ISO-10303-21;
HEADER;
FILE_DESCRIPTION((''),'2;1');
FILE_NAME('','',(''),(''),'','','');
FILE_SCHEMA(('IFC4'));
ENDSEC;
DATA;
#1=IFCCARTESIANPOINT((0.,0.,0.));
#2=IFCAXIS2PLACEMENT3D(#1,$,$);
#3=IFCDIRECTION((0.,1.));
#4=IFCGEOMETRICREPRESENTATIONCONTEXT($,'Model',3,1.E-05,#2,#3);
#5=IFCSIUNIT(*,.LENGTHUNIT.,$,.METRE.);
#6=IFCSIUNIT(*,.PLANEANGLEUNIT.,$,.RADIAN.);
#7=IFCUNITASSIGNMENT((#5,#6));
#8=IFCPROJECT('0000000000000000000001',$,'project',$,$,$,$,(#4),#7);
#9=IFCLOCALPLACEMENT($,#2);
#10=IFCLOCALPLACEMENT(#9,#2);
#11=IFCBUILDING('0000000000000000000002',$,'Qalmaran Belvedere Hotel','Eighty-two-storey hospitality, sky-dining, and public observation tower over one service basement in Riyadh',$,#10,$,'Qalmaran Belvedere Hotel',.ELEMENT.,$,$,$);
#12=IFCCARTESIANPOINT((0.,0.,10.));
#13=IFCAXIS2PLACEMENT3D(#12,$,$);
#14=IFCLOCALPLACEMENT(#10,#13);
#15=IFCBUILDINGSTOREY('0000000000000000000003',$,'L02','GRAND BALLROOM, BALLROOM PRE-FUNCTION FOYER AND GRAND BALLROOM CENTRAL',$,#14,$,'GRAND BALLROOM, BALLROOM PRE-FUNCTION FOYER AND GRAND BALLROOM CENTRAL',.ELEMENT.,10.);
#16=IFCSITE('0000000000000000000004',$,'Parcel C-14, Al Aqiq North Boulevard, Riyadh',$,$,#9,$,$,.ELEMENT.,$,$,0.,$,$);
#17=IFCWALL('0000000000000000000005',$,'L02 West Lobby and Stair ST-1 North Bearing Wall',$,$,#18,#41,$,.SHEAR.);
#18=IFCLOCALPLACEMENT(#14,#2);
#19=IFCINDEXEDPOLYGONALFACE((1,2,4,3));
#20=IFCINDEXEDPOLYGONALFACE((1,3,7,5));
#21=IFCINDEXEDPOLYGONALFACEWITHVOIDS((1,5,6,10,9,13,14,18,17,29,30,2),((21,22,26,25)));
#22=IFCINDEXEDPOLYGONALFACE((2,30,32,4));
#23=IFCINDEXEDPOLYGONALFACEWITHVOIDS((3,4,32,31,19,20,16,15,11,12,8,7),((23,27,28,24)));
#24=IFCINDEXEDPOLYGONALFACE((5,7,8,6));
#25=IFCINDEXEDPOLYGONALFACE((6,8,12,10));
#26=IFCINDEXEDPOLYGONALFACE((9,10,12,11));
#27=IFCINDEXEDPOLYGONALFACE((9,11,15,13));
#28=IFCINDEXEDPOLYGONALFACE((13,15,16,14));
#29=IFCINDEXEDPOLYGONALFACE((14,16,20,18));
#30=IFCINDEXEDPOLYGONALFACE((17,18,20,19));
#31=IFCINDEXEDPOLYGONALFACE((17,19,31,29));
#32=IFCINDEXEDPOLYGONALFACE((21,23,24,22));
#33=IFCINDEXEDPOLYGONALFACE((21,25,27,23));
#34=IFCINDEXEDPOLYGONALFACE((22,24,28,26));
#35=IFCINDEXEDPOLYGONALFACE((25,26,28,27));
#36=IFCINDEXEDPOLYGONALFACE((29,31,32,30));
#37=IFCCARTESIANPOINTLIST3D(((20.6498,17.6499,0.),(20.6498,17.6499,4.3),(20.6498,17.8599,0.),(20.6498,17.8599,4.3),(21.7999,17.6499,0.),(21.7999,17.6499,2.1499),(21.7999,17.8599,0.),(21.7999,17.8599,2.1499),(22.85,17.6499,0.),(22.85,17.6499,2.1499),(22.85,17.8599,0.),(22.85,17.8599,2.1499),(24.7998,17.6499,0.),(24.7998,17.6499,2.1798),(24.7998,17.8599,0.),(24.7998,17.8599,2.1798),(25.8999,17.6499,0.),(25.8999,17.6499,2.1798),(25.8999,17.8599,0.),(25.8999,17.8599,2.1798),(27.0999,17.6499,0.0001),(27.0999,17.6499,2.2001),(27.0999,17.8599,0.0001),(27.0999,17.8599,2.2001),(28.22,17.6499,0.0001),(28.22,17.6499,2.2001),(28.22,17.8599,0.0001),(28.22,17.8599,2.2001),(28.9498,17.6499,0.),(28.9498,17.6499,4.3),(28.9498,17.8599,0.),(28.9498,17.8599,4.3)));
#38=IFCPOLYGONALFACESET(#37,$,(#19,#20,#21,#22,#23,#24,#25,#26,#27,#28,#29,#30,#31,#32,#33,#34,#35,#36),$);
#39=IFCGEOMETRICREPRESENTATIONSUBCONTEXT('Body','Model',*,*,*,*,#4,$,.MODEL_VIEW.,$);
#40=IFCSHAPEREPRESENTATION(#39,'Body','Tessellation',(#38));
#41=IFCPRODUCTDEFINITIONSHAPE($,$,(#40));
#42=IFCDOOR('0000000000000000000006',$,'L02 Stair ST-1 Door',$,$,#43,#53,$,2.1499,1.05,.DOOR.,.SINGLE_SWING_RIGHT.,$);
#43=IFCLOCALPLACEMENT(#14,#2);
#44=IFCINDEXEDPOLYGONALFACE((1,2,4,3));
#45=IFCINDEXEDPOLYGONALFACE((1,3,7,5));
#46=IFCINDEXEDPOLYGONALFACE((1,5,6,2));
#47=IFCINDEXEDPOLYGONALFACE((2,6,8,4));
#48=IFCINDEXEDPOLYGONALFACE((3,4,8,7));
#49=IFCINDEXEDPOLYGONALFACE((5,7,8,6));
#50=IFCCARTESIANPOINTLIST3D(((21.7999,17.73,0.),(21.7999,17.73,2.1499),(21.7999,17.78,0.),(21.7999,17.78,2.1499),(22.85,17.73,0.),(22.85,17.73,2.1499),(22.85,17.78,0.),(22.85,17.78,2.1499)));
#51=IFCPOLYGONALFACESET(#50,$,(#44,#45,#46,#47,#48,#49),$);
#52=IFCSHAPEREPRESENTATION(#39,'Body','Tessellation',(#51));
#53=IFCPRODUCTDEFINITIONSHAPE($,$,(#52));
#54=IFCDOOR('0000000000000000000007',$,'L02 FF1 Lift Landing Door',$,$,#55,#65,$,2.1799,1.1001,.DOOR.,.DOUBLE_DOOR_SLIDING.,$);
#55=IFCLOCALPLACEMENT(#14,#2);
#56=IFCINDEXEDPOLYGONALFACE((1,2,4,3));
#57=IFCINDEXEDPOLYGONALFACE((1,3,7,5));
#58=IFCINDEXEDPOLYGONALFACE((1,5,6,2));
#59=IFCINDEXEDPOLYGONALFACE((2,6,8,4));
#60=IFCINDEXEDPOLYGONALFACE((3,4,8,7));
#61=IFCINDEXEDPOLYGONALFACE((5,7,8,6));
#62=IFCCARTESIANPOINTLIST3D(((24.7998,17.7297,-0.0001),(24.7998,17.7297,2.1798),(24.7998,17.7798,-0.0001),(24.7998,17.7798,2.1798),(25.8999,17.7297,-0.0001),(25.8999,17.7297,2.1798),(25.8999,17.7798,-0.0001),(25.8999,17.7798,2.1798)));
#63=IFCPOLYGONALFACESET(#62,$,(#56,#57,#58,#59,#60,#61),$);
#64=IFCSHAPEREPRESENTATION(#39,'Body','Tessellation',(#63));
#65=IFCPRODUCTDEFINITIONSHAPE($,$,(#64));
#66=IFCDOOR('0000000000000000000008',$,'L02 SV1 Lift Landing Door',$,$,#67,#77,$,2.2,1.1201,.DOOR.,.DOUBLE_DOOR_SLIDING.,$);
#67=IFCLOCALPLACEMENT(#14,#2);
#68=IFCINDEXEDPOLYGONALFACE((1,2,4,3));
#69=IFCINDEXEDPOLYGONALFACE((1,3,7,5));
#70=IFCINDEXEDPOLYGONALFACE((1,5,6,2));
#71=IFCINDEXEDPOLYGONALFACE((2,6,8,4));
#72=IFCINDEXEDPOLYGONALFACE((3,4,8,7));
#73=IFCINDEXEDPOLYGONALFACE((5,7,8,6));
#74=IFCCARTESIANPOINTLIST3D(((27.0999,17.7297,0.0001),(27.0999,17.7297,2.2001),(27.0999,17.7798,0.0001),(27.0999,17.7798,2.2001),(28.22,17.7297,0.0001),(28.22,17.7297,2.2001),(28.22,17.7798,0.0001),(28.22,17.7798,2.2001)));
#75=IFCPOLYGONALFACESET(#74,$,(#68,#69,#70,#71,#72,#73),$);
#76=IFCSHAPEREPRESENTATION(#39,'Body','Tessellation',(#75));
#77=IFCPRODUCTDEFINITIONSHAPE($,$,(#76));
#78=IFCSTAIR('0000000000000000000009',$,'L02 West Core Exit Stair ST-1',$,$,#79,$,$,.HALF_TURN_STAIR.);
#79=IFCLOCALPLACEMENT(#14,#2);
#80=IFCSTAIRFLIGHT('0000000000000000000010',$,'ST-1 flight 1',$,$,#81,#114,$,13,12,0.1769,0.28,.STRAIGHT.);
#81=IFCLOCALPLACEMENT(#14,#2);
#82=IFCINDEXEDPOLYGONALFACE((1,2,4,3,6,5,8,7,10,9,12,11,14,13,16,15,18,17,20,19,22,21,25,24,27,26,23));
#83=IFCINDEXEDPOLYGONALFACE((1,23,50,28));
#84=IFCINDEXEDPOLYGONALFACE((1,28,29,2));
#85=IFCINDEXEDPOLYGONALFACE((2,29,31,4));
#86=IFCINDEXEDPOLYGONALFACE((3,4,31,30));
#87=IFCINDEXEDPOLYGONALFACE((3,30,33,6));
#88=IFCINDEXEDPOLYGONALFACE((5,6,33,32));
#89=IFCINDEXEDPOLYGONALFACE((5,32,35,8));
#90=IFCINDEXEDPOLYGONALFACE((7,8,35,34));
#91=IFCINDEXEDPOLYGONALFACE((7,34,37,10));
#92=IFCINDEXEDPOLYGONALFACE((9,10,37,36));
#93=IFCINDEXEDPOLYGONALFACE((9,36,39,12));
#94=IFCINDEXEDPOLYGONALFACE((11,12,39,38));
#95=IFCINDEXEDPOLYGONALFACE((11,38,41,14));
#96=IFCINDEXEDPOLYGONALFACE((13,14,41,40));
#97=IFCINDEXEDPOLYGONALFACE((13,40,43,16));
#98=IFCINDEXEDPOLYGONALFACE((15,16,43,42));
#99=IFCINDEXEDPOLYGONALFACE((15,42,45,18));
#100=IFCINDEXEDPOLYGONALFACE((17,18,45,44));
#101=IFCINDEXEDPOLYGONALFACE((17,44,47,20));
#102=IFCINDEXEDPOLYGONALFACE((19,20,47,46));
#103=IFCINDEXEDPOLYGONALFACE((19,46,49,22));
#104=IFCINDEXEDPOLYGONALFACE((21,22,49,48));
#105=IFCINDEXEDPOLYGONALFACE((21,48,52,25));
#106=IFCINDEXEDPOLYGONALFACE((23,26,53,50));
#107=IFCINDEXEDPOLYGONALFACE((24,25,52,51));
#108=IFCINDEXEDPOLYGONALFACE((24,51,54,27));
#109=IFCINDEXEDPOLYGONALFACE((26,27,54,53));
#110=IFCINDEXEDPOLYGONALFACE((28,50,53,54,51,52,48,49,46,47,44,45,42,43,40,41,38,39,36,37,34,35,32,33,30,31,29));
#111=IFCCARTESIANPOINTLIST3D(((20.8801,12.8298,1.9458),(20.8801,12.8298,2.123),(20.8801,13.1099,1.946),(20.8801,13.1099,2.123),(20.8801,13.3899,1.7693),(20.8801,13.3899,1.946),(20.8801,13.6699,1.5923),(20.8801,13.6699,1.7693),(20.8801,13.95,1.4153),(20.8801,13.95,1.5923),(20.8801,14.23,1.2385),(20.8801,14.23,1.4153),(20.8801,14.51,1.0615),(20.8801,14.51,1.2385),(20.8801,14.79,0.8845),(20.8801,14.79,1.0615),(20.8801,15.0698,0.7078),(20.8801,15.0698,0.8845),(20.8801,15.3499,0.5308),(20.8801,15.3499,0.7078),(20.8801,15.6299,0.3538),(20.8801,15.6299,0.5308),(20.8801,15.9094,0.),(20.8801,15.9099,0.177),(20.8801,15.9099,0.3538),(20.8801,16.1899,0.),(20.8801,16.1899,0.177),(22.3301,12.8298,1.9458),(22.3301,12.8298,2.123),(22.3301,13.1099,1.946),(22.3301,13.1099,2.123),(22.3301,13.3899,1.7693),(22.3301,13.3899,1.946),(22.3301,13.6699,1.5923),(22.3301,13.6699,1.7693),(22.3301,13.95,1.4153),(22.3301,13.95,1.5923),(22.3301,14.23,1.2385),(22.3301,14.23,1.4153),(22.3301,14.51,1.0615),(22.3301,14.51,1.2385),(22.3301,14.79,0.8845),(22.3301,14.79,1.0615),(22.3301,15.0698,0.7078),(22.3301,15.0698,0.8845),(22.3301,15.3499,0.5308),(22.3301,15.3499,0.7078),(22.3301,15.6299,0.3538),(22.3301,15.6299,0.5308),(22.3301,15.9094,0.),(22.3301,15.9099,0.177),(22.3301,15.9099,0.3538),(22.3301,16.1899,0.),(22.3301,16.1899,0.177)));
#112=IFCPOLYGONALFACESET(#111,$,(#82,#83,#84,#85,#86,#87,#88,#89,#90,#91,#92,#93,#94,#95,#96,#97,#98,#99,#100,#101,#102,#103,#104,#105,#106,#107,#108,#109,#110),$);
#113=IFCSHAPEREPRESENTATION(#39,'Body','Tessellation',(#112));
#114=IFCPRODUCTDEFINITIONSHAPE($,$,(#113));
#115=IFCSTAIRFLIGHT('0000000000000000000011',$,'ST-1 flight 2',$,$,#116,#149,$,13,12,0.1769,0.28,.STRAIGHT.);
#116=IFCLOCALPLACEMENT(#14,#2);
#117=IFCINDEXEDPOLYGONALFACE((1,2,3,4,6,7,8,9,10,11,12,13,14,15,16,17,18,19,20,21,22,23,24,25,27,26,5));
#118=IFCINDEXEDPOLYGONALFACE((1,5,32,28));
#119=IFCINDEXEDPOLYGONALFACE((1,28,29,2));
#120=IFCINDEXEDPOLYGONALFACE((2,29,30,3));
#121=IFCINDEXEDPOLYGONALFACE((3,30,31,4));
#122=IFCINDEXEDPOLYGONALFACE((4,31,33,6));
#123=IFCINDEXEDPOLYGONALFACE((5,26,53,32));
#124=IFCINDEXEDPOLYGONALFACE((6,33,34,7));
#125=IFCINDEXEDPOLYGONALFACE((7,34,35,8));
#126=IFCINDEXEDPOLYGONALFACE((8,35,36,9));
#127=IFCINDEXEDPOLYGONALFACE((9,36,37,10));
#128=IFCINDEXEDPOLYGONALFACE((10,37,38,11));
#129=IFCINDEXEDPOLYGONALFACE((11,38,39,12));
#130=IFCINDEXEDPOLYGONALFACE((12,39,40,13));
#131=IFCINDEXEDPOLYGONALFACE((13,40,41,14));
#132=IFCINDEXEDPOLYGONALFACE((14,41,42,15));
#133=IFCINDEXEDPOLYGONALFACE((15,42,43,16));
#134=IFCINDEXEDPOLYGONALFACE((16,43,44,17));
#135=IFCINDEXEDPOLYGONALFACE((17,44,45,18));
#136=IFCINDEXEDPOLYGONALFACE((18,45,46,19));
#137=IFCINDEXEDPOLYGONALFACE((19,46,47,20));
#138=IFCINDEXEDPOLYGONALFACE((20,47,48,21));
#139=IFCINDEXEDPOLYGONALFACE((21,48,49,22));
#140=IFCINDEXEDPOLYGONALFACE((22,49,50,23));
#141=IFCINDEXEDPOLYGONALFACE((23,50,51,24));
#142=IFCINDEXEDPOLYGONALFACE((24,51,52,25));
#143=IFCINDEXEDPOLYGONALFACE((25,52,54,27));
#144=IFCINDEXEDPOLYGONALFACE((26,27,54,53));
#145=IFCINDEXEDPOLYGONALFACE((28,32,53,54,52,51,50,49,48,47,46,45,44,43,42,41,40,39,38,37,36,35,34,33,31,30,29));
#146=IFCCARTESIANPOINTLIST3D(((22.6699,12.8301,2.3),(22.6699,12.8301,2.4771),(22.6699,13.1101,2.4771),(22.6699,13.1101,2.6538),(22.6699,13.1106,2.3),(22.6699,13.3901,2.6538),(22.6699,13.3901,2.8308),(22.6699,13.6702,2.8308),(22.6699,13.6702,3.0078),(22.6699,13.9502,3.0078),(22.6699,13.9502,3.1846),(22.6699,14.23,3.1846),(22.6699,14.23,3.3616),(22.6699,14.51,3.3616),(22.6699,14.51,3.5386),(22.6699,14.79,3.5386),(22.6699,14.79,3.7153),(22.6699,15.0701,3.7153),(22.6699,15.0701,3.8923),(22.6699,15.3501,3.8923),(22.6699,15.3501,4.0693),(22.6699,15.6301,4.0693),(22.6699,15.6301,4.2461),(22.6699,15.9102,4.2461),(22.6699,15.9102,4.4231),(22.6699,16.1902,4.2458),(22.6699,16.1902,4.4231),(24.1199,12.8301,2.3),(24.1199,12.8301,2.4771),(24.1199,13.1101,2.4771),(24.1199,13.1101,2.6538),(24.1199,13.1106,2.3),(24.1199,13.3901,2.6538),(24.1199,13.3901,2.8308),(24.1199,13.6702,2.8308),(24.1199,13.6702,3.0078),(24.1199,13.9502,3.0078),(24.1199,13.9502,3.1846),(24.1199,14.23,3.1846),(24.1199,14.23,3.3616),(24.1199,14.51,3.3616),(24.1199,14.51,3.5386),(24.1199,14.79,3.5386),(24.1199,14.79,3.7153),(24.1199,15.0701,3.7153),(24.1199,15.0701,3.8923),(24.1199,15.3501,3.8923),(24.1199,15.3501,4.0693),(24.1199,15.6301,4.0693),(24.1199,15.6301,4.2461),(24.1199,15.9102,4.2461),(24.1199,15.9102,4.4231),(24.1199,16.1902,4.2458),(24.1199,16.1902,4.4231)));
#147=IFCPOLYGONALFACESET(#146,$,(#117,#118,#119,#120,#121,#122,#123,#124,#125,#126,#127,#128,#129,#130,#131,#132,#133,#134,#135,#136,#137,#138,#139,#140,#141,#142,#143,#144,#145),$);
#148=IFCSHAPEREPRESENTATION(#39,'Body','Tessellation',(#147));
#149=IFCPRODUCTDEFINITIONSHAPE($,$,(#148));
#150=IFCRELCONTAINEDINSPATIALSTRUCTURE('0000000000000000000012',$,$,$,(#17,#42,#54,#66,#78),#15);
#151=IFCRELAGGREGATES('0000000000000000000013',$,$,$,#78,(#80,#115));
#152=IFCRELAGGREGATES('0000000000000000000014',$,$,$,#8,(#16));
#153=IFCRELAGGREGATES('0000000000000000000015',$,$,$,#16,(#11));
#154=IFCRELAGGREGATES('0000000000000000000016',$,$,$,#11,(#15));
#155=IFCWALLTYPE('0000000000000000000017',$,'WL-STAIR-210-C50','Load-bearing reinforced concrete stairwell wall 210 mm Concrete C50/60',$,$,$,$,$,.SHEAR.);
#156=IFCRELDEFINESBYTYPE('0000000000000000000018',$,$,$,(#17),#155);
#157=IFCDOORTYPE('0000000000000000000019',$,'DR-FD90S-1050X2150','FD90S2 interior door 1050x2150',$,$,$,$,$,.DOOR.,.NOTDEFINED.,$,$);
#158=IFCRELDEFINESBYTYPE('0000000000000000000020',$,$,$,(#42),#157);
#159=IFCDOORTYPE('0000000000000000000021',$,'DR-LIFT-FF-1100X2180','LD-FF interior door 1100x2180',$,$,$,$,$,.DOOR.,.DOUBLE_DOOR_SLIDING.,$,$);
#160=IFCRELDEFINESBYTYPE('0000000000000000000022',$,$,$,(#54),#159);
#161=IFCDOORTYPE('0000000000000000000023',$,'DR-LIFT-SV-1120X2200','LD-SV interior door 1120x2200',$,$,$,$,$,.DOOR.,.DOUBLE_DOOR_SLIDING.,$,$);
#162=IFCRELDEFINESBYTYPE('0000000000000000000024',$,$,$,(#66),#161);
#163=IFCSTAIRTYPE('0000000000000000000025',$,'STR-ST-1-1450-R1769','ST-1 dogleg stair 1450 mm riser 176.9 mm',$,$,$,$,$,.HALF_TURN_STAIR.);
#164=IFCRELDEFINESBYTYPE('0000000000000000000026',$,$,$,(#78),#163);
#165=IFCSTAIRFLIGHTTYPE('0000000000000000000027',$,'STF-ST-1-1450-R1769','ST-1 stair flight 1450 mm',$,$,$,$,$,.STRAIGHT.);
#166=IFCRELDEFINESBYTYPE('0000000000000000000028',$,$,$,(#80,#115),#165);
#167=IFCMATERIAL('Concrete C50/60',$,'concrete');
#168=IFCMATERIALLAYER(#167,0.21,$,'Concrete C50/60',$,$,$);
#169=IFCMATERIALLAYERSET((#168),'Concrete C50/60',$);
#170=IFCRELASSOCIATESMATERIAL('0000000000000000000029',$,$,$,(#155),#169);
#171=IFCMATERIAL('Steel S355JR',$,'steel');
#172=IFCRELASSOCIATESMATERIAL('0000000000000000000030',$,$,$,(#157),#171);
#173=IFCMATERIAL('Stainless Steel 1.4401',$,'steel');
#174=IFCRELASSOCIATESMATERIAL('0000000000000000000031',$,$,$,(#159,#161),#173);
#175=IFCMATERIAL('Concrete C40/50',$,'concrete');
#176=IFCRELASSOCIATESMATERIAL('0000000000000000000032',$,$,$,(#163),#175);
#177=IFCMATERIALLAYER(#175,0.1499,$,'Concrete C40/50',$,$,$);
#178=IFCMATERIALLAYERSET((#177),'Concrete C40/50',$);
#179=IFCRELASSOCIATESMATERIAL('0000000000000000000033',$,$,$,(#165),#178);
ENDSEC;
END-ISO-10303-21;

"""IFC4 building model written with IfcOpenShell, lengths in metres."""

from ifc_helpers import new_model, si_unit, direction, frame, frame_2d, origin, place, context, subcontext, project, spatial, polyline, rectangle, outline, extrude, material, layer, layer_set, type_object, element, fill, aggregate, save


model = new_model("IFC4")

# Units and contexts
model_context = context("Model", 3, precision=1e-05, world=origin(), true_north=direction((0.0, 1.0)))
body_context = subcontext(model_context, "Body", "Model", "MODEL_VIEW")
ifc_project = project(units=[si_unit("LENGTHUNIT", "METRE"), si_unit("PLANEANGLEUNIT", "RADIAN")], contexts=[model_context])

# Site, building, storey
site_placement = place(None, origin())
site = spatial("IfcSite", under=ifc_project, at=site_placement, Name="Parcel C-14, Al Aqiq North Boulevard, Riyadh", CompositionType="ELEMENT", RefElevation=0.0)
building_placement = place(site_placement, origin())
building = spatial("IfcBuilding", under=site, at=building_placement, Name="Qalmaran Belvedere Hotel", Description="Eighty-two-storey hospitality, sky-dining, and public observation tower over one service basement in Riyadh", LongName="Qalmaran Belvedere Hotel", CompositionType="ELEMENT")
storey_placement = place(building_placement, frame((0.0, 0.0, 10.0)))
storey = spatial("IfcBuildingStorey", under=building, at=storey_placement, Name="L02", Description="GRAND BALLROOM, BALLROOM PRE-FUNCTION FOYER AND GRAND BALLROOM CENTRAL", LongName="GRAND BALLROOM, BALLROOM PRE-FUNCTION FOYER AND GRAND BALLROOM CENTRAL", CompositionType="ELEMENT", Elevation=10.0)

# Shared definitions
ifc_material_1 = material(Name="Steel S355JR", Category="steel")

# Wall, openings, doors
ifc_material_2 = material(Name="Concrete C50/60", Category="concrete")
ifc_layer_1 = layer(ifc_material_2, 0.21, Name="Concrete C50/60")
ifc_layer_set_1 = layer_set([ifc_layer_1], Name="Concrete C50/60")
wall_type_1 = type_object("IfcWallType", Name="WL-STAIR-210-C50", Description="Load-bearing reinforced concrete stairwell wall 210 mm Concrete C50/60", PredefinedType="SHEAR", material=ifc_layer_set_1)
wall_1_placement = place(storey_placement, frame((20.6499, 17.7549, 0.0), z_axis=(0.0, 0.0, 1.0), x_axis=(1.0, 0.0, 0.0)))
wall_1 = element("IfcWall", 1, at=wall_1_placement, inside=storey, type_object=wall_type_1, Name="L02 West Lobby and Stair ST-1 North Bearing Wall", PredefinedType="SHEAR", context=body_context, shape_type="SweptSolid", body=[
    extrude(rectangle(XDim=8.3, YDim=0.21, at=frame_2d((4.1499, 0.0))), origin(), (0.0, 0.0, 1.0), 4.3),
])
opening_1_placement = place(wall_1_placement, frame((2.2, 0.0, 0.0), z_axis=(0.0, 0.0, 1.0), x_axis=(-1.0, 0.0, 0.0)))
opening_1 = element("IfcOpeningElement", 2, at=opening_1_placement, cuts=wall_1, PredefinedType="OPENING", context=body_context, shape_type="SweptSolid", body=[
    extrude(rectangle(XDim=1.05, YDim=2.1499, at=frame_2d((0.5249, 1.075))), frame((0.0, 0.115, 0.0), z_axis=(0.0, -1.0, 0.0), x_axis=(1.0, 0.0, 0.0)), (0.0, 0.0, 1.0), 0.23),
])
opening_2_placement = place(wall_1_placement, frame((4.1499, 0.0, 0.0)))
opening_2 = element("IfcOpeningElement", 3, at=opening_2_placement, cuts=wall_1, PredefinedType="OPENING", context=body_context, shape_type="SweptSolid", body=[
    extrude(rectangle(XDim=1.1001, YDim=2.1799, at=frame_2d((0.55, 1.0898))), frame((0.0, 0.115, 0.0), z_axis=(0.0, -1.0, 0.0), x_axis=(1.0, 0.0, 0.0)), (0.0, 0.0, 1.0), 0.23),
])
opening_3_placement = place(wall_1_placement, frame((6.45, 0.0, 0.0)))
opening_3 = element("IfcOpeningElement", 4, at=opening_3_placement, cuts=wall_1, PredefinedType="OPENING", context=body_context, shape_type="SweptSolid", body=[
    extrude(rectangle(XDim=1.1201, YDim=2.2, at=frame_2d((0.5601, 1.1001))), frame((0.0, 0.115, 0.0), z_axis=(0.0, -1.0, 0.0), x_axis=(1.0, 0.0, 0.0)), (0.0, 0.0, 1.0), 0.23),
])
door_type_1 = type_object("IfcDoorType", Name="DR-FD90S-1050X2150", Description="FD90S2 interior door 1050x2150", OperationType="NOTDEFINED", PredefinedType="DOOR", material=ifc_material_1)
door_1_placement = place(opening_1_placement, origin())
door_1 = element("IfcDoor", 5, at=door_1_placement, inside=storey, type_object=door_type_1, Name="L02 Stair ST-1 Door", OperationType="SINGLE_SWING_RIGHT", OverallHeight=2.1499, OverallWidth=1.05, PredefinedType="DOOR", context=body_context, shape_type="SweptSolid", body=[
    extrude(rectangle(XDim=1.05, YDim=2.1499, at=frame_2d((0.5249, 1.075))), frame((0.0, 0.0249, 0.0), z_axis=(0.0, -1.0, 0.0), x_axis=(1.0, 0.0, 0.0)), (0.0, 0.0, 1.0), 0.05),
])
fill(opening_1, door_1)
ifc_material_3 = material(Name="Stainless Steel 1.4401", Category="steel")
door_type_2 = type_object("IfcDoorType", Name="DR-LIFT-FF-1100X2180", Description="LD-FF interior door 1100x2180", OperationType="DOUBLE_DOOR_SLIDING", PredefinedType="DOOR", material=ifc_material_3)
door_2_placement = place(opening_2_placement, origin())
door_2 = element("IfcDoor", 6, at=door_2_placement, inside=storey, type_object=door_type_2, Name="L02 FF1 Lift Landing Door", OperationType="DOUBLE_DOOR_SLIDING", OverallHeight=2.1799, OverallWidth=1.1001, PredefinedType="DOOR", context=body_context, shape_type="SweptSolid", body=[
    extrude(rectangle(XDim=1.1001, YDim=2.1799, at=frame_2d((0.55, 1.0898))), frame((0.0, 0.0249, 0.0), z_axis=(0.0, -1.0, 0.0), x_axis=(1.0, 0.0, 0.0)), (0.0, 0.0, 1.0), 0.05),
])
fill(opening_2, door_2)
door_type_3 = type_object("IfcDoorType", Name="DR-LIFT-SV-1120X2200", Description="LD-SV interior door 1120x2200", OperationType="DOUBLE_DOOR_SLIDING", PredefinedType="DOOR", material=ifc_material_3)
door_3_placement = place(opening_3_placement, origin())
door_3 = element("IfcDoor", 7, at=door_3_placement, inside=storey, type_object=door_type_3, Name="L02 SV1 Lift Landing Door", OperationType="DOUBLE_DOOR_SLIDING", OverallHeight=2.2, OverallWidth=1.1201, PredefinedType="DOOR", context=body_context, shape_type="SweptSolid", body=[
    extrude(rectangle(XDim=1.1201, YDim=2.2, at=frame_2d((0.5601, 1.1001))), frame((0.0, 0.0249, 0.0), z_axis=(0.0, -1.0, 0.0), x_axis=(1.0, 0.0, 0.0)), (0.0, 0.0, 1.0), 0.05),
])
fill(opening_3, door_3)

# Stair, stair flights
ifc_material_4 = material(Name="Concrete C40/50", Category="concrete")
stair_type = type_object("IfcStairType", Name="STR-ST-1-1450-R1769", Description="ST-1 dogleg stair 1450 mm riser 176.9 mm", PredefinedType="HALF_TURN_STAIR", material=ifc_material_4)
stair_placement = place(storey_placement, origin())
stair = element("IfcStair", 8, at=stair_placement, inside=storey, type_object=stair_type, Name="L02 West Core Exit Stair ST-1", PredefinedType="HALF_TURN_STAIR")
ifc_layer_2 = layer(ifc_material_4, 0.1499, Name="Concrete C40/50")
ifc_layer_set_2 = layer_set([ifc_layer_2], Name="Concrete C40/50")
stair_flight_type = type_object("IfcStairFlightType", Name="STF-ST-1-1450-R1769", Description="ST-1 stair flight 1450 mm", PredefinedType="STRAIGHT", material=ifc_layer_set_2)
stair_flight_1_placement = place(storey_placement, frame((21.605, 16.1899, 0.0), z_axis=(0.0, 0.0, 1.0), x_axis=(0.0, -1.0, 0.0)))
stair_flight_1 = element("IfcStairFlight", 9, at=stair_flight_1_placement, type_object=stair_flight_type, Name="ST-1 flight 1", NumberOfRisers=13, NumberOfTreads=12, PredefinedType="STRAIGHT", RiserHeight=0.1769, TreadLength=0.28, context=body_context, shape_type="SweptSolid", body=[
    extrude(outline(polyline([(0.0, 0.0), (0.0, 0.177), (0.28, 0.177), (0.28, 0.3538), (0.5601, 0.3538), (0.5601, 0.5308), (0.8401, 0.5308), (0.8401, 0.7078), (1.1201, 0.7078), (1.1201, 0.8845), (1.3999, 0.8845), (1.3999, 1.0615), (1.6799, 1.0615), (1.6799, 1.2385), (1.96, 1.2385), (1.96, 1.4153), (2.24, 1.4153), (2.24, 1.5923), (2.52, 1.5923), (2.52, 1.7693), (2.8, 1.7693), (2.8, 1.946), (3.0801, 1.946), (3.0801, 2.123), (3.3601, 2.123), (3.3601, 2.3), (3.3601, 1.9458), (0.2805, 0.0), (0.0, 0.0)])), frame((0.0, 0.7251, 0.0), z_axis=(0.0, -1.0, 0.0), x_axis=(1.0, 0.0, 0.0)), (0.0, 0.0, 1.0), 1.45),
])
stair_flight_2_placement = place(storey_placement, frame((23.395, 12.8301, 2.3), z_axis=(0.0, 0.0, 1.0), x_axis=(0.0, 1.0, 0.0)))
stair_flight_2 = element("IfcStairFlight", 10, at=stair_flight_2_placement, type_object=stair_flight_type, Name="ST-1 flight 2", NumberOfRisers=13, NumberOfTreads=12, PredefinedType="STRAIGHT", RiserHeight=0.1769, TreadLength=0.28, context=body_context, shape_type="SweptSolid", body=[
    extrude(outline(polyline([(0.0, 0.0), (0.0, 0.177), (0.28, 0.177), (0.28, 0.3538), (0.5601, 0.3538), (0.5601, 0.5308), (0.8401, 0.5308), (0.8401, 0.7078), (1.1201, 0.7078), (1.1201, 0.8845), (1.3999, 0.8845), (1.3999, 1.0615), (1.6799, 1.0615), (1.6799, 1.2385), (1.96, 1.2385), (1.96, 1.4153), (2.24, 1.4153), (2.24, 1.5923), (2.52, 1.5923), (2.52, 1.7693), (2.8, 1.7693), (2.8, 1.946), (3.0801, 1.946), (3.0801, 2.123), (3.3601, 2.123), (3.3601, 2.3), (3.3601, 1.9458), (0.2805, 0.0), (0.0, 0.0)])), frame((0.0, 0.7251, 0.0), z_axis=(0.0, -1.0, 0.0), x_axis=(1.0, 0.0, 0.0)), (0.0, 0.0, 1.0), 1.45),
])
aggregate(stair, [stair_flight_1, stair_flight_2])

save(model, "model.ifc")
